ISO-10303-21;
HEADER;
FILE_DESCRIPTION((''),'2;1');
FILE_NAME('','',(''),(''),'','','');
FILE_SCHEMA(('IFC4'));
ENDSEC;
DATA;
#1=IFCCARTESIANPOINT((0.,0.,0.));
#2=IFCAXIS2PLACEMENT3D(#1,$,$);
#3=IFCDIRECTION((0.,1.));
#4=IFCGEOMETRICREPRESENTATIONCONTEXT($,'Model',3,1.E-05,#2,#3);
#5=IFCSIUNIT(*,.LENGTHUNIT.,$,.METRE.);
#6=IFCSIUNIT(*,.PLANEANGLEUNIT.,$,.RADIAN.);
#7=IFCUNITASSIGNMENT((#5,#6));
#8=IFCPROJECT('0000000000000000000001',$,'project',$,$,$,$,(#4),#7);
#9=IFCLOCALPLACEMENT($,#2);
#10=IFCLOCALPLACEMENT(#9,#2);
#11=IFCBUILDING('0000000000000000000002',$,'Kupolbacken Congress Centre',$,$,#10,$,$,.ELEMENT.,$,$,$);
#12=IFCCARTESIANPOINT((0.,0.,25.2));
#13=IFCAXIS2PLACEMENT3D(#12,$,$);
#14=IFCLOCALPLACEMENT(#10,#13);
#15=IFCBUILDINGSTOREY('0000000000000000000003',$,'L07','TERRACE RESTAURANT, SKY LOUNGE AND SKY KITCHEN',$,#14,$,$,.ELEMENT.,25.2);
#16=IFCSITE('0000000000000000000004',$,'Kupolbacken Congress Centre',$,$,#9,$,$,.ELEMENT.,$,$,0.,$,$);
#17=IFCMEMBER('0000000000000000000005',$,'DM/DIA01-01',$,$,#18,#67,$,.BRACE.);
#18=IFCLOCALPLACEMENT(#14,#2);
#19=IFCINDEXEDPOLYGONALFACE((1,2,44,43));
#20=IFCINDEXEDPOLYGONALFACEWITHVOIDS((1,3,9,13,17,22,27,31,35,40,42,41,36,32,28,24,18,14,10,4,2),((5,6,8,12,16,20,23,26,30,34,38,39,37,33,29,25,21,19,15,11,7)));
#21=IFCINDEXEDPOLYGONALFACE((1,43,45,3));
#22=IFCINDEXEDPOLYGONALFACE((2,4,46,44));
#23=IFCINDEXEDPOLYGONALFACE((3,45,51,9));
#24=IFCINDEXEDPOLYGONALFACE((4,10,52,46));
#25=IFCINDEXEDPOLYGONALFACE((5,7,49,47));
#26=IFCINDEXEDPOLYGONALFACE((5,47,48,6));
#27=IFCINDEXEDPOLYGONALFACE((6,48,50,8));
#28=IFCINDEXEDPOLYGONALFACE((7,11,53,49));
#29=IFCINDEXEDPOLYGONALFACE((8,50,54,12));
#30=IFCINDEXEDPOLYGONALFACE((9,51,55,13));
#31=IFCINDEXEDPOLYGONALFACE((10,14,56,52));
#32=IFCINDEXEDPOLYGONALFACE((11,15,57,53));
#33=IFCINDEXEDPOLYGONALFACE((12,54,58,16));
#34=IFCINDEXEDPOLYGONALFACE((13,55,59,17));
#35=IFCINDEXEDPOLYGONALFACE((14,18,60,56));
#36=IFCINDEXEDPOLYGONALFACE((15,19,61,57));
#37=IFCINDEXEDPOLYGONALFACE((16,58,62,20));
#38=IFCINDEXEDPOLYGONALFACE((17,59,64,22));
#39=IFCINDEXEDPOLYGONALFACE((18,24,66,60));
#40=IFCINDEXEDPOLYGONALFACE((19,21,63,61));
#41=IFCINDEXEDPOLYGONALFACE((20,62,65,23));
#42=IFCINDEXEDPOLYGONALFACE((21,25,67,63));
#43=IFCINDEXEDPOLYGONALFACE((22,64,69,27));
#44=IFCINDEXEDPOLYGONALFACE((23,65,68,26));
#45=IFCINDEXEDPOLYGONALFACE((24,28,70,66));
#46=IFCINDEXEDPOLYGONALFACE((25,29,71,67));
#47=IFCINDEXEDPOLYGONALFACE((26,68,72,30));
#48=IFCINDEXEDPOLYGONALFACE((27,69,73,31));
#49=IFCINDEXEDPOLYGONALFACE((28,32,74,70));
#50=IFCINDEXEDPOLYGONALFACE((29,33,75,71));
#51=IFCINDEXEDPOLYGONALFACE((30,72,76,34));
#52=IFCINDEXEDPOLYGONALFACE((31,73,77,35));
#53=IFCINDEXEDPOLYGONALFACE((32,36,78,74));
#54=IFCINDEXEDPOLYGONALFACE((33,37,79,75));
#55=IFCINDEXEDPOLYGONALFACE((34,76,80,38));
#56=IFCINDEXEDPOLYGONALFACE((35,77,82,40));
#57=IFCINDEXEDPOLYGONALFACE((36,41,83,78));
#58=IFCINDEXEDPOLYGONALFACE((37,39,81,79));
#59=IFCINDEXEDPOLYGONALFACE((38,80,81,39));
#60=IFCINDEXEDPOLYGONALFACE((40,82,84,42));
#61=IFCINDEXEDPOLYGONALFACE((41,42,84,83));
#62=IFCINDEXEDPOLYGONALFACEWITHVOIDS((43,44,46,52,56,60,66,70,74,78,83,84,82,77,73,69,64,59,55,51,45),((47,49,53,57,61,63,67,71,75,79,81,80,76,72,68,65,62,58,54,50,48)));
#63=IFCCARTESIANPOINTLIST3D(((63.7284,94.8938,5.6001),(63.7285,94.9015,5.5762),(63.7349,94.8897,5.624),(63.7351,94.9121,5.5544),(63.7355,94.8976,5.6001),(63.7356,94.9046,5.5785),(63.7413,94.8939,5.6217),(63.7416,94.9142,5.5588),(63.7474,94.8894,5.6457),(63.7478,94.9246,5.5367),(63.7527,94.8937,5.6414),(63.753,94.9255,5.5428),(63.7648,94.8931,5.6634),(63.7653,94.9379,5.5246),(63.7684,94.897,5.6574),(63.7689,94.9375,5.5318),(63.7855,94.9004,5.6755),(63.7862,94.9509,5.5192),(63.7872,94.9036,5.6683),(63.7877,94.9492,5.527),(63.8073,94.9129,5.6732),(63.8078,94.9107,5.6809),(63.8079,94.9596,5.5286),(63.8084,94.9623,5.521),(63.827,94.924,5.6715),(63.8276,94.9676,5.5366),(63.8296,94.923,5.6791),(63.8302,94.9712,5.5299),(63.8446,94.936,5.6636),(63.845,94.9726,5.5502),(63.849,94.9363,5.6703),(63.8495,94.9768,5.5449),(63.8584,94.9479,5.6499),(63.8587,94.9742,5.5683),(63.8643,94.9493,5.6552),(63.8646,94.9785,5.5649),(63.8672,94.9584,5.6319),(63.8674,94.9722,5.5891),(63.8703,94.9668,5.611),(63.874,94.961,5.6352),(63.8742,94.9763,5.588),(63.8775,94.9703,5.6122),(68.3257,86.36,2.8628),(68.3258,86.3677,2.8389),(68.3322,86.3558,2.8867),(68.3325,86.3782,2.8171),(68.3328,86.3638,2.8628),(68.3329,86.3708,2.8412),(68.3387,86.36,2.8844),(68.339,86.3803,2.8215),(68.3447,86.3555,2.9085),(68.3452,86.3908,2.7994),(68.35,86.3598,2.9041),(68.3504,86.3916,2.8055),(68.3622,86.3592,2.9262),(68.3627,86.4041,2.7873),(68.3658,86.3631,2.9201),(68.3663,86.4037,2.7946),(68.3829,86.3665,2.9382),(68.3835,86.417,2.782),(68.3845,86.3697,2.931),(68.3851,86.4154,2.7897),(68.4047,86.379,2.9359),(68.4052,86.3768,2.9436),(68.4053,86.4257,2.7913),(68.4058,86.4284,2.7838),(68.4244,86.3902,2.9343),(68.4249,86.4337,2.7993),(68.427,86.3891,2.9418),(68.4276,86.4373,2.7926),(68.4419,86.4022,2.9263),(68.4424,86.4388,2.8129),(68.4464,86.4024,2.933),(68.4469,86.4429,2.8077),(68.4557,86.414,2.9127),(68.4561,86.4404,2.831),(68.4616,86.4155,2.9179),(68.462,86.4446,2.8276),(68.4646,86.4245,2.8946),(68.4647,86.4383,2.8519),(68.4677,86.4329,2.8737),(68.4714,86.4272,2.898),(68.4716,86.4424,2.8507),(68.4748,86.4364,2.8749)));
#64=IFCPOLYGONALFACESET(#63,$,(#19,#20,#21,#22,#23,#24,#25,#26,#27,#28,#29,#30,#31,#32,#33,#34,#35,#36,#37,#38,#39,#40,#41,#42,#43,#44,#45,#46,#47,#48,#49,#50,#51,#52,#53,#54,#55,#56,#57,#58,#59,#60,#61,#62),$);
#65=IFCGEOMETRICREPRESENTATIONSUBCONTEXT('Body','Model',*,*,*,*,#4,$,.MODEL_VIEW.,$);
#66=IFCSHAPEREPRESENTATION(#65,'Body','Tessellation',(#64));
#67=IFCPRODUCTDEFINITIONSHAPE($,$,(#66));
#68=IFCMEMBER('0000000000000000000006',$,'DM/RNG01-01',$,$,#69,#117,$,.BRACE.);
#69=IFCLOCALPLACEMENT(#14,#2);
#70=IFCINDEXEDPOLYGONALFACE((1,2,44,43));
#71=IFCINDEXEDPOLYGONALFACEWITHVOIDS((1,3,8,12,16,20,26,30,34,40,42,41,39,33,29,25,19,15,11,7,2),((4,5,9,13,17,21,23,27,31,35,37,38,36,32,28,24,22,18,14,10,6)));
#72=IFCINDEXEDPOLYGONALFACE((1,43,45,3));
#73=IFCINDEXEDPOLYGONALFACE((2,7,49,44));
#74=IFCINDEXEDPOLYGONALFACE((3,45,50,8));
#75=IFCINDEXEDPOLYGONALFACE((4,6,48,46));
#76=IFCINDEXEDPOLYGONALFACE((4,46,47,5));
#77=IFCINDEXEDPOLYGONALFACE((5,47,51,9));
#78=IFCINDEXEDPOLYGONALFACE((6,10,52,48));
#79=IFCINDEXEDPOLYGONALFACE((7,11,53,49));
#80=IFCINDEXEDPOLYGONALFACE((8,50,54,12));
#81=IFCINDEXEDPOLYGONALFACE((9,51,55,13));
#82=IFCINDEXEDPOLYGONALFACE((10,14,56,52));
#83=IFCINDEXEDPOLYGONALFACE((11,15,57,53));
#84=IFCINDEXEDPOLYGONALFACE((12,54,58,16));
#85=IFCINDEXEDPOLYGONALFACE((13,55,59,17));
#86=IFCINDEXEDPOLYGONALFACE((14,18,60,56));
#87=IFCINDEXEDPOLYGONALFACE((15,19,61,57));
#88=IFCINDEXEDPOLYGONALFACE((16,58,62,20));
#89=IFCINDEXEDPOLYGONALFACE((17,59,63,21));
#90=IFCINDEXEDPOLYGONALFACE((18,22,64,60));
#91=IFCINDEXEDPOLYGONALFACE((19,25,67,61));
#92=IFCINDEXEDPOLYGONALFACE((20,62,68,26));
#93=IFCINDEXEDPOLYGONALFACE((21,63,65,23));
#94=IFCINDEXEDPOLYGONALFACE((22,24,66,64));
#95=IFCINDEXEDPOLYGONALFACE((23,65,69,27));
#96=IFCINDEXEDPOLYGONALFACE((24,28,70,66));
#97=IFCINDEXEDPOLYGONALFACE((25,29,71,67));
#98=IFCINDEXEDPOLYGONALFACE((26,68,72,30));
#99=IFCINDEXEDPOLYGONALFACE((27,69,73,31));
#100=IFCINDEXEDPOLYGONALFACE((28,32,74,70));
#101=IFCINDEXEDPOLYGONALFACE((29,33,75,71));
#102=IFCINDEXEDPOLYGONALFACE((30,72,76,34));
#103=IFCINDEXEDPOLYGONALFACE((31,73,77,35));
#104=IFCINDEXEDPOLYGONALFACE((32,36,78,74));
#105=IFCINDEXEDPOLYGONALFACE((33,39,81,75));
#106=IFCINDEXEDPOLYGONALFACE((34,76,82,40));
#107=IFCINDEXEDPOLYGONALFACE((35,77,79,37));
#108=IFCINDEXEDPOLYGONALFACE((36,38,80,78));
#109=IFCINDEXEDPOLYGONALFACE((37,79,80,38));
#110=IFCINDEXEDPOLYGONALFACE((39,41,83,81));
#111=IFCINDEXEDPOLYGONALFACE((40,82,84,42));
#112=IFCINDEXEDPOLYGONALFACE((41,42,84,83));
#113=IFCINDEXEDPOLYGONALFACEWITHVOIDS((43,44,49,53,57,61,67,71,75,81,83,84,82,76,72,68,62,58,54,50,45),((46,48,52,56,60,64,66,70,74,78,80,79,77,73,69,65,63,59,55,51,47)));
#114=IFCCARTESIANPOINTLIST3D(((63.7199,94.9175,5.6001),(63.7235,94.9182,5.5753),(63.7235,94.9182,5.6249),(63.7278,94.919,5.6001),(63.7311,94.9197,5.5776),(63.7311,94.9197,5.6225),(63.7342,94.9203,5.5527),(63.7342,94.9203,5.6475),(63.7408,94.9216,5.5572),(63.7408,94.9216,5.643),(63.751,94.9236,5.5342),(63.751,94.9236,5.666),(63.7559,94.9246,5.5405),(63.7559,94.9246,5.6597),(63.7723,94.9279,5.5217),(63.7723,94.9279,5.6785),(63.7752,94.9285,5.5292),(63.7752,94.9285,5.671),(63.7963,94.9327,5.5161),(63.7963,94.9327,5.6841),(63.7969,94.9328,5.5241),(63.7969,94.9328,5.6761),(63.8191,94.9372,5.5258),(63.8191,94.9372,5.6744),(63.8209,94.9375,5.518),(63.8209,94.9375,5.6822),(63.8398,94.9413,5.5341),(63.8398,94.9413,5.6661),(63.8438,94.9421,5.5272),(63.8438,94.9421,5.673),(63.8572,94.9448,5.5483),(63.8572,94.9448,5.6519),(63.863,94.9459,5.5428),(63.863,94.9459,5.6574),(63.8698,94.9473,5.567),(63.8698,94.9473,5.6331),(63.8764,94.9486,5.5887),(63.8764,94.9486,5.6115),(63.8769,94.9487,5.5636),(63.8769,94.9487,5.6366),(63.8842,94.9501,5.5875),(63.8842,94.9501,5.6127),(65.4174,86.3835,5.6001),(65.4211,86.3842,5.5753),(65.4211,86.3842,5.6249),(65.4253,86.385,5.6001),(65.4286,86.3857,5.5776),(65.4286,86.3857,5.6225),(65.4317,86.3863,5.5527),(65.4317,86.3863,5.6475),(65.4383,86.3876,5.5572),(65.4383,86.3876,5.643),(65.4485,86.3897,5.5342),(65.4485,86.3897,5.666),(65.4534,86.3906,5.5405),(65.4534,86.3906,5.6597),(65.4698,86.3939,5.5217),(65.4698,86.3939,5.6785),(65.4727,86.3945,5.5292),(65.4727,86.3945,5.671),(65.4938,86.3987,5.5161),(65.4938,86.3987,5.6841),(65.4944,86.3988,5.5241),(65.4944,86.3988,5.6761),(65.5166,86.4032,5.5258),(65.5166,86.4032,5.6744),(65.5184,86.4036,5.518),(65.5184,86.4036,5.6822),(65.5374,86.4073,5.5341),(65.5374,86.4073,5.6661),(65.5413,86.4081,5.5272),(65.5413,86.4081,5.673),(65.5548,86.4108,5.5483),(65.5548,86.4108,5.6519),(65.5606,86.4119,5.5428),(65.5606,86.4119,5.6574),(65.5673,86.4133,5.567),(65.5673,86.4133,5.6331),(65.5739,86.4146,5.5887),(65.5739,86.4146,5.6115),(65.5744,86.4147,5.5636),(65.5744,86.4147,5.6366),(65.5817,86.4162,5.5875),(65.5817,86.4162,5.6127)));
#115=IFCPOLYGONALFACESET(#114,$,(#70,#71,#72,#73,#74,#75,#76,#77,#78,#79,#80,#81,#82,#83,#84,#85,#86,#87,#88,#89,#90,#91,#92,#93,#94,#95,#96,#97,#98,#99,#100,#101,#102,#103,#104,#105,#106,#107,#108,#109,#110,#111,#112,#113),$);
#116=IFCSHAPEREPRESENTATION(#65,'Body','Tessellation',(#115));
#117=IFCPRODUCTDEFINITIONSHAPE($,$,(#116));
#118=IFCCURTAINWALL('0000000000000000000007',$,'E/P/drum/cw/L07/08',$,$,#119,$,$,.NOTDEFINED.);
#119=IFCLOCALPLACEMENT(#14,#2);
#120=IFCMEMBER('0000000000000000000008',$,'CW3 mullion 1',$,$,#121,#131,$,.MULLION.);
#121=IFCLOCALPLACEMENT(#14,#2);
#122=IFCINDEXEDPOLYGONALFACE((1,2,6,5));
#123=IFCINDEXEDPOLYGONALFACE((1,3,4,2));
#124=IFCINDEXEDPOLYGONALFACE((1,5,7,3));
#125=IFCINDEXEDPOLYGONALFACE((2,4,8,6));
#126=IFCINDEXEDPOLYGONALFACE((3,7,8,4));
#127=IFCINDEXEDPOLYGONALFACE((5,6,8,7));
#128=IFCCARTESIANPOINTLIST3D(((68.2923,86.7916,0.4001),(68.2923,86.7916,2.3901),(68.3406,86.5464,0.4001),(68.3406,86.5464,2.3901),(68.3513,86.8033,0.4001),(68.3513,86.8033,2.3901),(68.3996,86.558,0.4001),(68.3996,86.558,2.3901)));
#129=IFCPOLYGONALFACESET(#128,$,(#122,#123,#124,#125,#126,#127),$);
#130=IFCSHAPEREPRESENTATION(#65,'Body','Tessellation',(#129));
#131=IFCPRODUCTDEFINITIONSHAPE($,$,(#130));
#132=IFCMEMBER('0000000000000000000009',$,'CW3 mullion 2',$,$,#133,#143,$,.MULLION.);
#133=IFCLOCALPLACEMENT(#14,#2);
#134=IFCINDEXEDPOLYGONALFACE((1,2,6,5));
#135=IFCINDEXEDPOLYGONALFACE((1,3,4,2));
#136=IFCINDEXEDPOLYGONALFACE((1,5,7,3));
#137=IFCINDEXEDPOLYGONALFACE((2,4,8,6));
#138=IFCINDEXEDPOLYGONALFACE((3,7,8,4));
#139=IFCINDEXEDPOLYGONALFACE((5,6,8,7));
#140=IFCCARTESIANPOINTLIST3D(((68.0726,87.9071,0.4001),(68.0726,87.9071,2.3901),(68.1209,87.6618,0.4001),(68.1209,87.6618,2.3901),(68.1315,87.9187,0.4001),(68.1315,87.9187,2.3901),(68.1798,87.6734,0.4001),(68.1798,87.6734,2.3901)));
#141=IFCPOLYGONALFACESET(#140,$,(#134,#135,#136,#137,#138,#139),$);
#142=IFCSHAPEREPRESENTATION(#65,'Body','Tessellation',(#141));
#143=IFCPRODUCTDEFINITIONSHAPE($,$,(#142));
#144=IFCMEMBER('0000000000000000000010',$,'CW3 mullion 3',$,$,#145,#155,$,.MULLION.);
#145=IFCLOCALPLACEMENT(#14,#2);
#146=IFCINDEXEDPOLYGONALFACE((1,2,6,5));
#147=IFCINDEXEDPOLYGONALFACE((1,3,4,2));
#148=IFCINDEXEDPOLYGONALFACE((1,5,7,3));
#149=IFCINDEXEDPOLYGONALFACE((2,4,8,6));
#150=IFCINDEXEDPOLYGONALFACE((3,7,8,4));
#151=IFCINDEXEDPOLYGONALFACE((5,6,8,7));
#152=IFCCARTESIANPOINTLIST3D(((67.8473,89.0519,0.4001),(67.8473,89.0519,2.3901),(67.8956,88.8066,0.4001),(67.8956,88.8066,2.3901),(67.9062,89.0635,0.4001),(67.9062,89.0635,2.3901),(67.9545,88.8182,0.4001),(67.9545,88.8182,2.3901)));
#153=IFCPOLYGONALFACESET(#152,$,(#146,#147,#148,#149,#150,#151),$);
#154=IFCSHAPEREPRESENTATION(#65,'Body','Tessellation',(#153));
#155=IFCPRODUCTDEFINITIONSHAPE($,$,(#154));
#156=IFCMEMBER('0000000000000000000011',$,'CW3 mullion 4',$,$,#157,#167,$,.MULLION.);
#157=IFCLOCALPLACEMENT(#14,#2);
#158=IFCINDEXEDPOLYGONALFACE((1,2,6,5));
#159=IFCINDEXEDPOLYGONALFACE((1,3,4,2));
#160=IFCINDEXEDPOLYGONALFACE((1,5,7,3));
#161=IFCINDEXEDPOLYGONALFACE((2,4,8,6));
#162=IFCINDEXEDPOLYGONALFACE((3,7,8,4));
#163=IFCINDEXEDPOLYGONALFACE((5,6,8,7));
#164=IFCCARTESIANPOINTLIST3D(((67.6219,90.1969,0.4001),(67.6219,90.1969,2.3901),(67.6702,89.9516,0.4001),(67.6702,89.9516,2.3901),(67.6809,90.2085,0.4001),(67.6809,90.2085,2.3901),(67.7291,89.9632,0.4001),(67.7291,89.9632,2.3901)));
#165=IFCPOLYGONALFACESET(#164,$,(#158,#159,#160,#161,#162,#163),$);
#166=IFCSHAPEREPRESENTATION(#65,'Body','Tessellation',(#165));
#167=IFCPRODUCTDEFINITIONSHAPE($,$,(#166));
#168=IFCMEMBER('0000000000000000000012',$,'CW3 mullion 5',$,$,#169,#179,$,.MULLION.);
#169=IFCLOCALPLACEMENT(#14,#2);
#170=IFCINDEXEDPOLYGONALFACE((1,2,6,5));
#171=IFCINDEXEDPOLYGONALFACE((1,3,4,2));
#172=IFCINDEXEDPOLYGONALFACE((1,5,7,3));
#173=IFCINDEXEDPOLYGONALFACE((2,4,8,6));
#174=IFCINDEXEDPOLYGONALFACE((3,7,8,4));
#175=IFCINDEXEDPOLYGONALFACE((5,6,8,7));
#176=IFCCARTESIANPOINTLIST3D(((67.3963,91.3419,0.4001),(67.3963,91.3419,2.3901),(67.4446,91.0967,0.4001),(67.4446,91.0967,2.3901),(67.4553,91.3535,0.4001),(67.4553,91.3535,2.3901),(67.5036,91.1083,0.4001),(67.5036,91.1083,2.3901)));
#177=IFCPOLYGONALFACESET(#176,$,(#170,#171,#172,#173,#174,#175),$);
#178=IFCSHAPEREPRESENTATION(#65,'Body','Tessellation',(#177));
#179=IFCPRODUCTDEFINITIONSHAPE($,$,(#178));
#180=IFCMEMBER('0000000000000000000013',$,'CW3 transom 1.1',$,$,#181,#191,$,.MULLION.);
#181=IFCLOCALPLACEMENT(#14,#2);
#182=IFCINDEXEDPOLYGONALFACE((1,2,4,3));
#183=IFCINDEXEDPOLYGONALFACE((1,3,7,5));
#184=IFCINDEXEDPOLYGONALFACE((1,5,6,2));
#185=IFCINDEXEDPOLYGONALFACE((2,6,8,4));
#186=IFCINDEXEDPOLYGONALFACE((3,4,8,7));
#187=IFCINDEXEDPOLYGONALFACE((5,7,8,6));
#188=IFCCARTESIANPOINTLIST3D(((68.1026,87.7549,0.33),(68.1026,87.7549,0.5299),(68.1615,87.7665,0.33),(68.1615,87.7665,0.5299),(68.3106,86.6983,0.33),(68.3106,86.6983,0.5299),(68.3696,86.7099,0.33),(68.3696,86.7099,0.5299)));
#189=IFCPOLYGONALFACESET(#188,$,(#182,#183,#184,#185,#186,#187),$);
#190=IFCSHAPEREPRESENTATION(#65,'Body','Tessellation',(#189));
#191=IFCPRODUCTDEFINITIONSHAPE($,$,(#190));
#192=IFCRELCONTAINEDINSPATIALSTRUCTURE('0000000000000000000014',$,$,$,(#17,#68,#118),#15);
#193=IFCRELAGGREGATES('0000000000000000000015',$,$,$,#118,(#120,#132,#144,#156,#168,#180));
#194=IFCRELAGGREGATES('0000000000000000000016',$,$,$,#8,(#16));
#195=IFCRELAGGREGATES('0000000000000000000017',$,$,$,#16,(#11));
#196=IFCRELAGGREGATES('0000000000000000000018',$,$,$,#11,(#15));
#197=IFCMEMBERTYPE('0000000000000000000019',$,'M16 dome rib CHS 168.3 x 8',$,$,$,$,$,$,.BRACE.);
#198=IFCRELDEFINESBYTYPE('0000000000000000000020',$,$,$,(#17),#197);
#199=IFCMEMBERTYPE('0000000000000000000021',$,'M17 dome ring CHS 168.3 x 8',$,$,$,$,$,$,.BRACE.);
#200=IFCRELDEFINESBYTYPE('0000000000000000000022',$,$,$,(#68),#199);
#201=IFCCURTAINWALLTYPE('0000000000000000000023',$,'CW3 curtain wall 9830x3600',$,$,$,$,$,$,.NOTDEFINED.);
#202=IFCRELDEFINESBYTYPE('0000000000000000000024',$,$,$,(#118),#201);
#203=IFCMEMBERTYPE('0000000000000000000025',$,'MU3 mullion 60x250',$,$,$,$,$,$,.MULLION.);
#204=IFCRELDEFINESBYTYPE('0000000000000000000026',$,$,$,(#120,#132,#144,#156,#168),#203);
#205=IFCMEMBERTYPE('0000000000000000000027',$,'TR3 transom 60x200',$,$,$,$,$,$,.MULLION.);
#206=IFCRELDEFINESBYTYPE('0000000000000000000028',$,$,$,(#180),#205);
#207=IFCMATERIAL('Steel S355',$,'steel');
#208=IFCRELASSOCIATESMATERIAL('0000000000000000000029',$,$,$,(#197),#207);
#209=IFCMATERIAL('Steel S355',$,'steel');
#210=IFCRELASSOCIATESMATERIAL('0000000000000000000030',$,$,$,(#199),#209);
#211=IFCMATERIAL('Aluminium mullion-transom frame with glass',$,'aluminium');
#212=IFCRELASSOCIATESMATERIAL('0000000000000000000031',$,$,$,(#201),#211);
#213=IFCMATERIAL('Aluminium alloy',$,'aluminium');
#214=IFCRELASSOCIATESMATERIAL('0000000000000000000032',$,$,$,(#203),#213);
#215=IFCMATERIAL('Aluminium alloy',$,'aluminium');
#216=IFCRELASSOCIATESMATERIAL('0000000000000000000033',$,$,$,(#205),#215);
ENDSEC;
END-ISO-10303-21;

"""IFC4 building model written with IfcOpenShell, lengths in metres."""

from ifc_helpers import new_model, si_unit, direction, frame, origin, origin_2d, place, context, subcontext, project, spatial, rectangle, hollow_circle, extrude, material, material_profile, profile_set, type_object, element, aggregate, save


model = new_model("IFC4")

# Units and contexts
model_context = context("Model", 3, precision=1e-05, world=origin(), true_north=direction((0.0, 1.0)))
body_context = subcontext(model_context, "Body", "Model", "MODEL_VIEW")
ifc_project = project(units=[si_unit("LENGTHUNIT", "METRE"), si_unit("PLANEANGLEUNIT", "RADIAN")], contexts=[model_context])

# Site, building, storey
site_placement = place(None, origin())
site = spatial("IfcSite", under=ifc_project, at=site_placement, Name="Kupolbacken Congress Centre", CompositionType="ELEMENT", RefElevation=0.0)
building_placement = place(site_placement, origin())
building = spatial("IfcBuilding", under=site, at=building_placement, Name="Kupolbacken Congress Centre", CompositionType="ELEMENT")
storey_placement = place(building_placement, frame((0.0, 0.0, 25.2)))
storey = spatial("IfcBuildingStorey", under=building, at=storey_placement, Name="L07", Description="TERRACE RESTAURANT, SKY LOUNGE AND SKY KITCHEN", CompositionType="ELEMENT", Elevation=25.2)

# Members
ifc_material_1 = material(Name="Steel S355", Category="steel")
ifc_material_profile_1 = material_profile(ifc_material_1, hollow_circle(Radius=0.0842, WallThickness=0.0081, at=origin_2d()), Name="CHS 168.3 x 8")
ifc_profile_set_1 = profile_set([ifc_material_profile_1], Name="Steel S355")
member_type_1 = type_object("IfcMemberType", Name="M16 dome rib CHS 168.3 x 8", PredefinedType="BRACE", material=ifc_profile_set_1)
member_1_placement = place(storey_placement, frame((68.3999, 86.3999, 2.8628), z_axis=(-0.456428, 0.847243, 0.271758), x_axis=(-0.880376, -0.474277, 0.0)))
element("IfcMember", 1, at=member_1_placement, inside=storey, type_object=member_type_1, Name="DM/DIA01-01", PredefinedType="BRACE", context=body_context, shape_type="SweptSolid", body=[
    extrude(hollow_circle(Radius=0.0842, WallThickness=0.0081, at=origin_2d()), origin(), (0.0, 0.0, 1.0), 10.0725),
])
ifc_material_2 = material(Name="Steel S355", Category="steel")
ifc_material_profile_2 = material_profile(ifc_material_2, hollow_circle(Radius=0.0842, WallThickness=0.0081, at=origin_2d()), Name="CHS 168.3 x 8")
ifc_profile_set_2 = profile_set([ifc_material_profile_2], Name="Steel S355")
member_type_2 = type_object("IfcMemberType", Name="M17 dome ring CHS 168.3 x 8", PredefinedType="BRACE", material=ifc_profile_set_2)
member_2_placement = place(storey_placement, frame((65.5, 86.3999, 5.6001), z_axis=(-0.195091, 0.980785, 0.0), x_axis=(-0.980785, -0.195091, 0.0)))
element("IfcMember", 2, at=member_2_placement, inside=storey, type_object=member_type_2, Name="DM/RNG01-01", PredefinedType="BRACE", context=body_context, shape_type="SweptSolid", body=[
    extrude(hollow_circle(Radius=0.0842, WallThickness=0.0081, at=origin_2d()), origin(), (0.0, 0.0, 1.0), 8.7012),
])

# Curtain wall, members
ifc_material_3 = material(Name="Aluminium mullion-transom frame with glass", Category="aluminium")
curtain_wall_type = type_object("IfcCurtainWallType", Name="CW3 curtain wall 9830x3600", PredefinedType="NOTDEFINED", material=ifc_material_3)
curtain_wall_placement = place(storey_placement, origin())
curtain_wall = element("IfcCurtainWall", 3, at=curtain_wall_placement, inside=storey, type_object=curtain_wall_type, Name="E/P/drum/cw/L07/08", PredefinedType="NOTDEFINED")
ifc_material_4 = material(Name="Aluminium alloy", Category="aluminium")
ifc_material_profile_3 = material_profile(ifc_material_4, rectangle(XDim=0.0601, YDim=0.25, at=origin_2d()), Name="60 x 250")
ifc_profile_set_3 = profile_set([ifc_material_profile_3], Name="Aluminium alloy")
member_type_3 = type_object("IfcMemberType", Name="MU3 mullion 60x250", PredefinedType="MULLION", material=ifc_profile_set_3)
member_3_placement = place(storey_placement, frame((68.3459, 86.6748, 0.4001), z_axis=(0.0, 0.0, 1.0), x_axis=(-0.981163, -0.193182, 0.0)))
member_3 = element("IfcMember", 4, at=member_3_placement, type_object=member_type_3, Name="CW3 mullion 1", PredefinedType="MULLION", context=body_context, shape_type="SweptSolid", body=[
    extrude(rectangle(XDim=0.0601, YDim=0.25, at=origin_2d()), origin(), (0.0, 0.0, 1.0), 1.99),
])
member_4_placement = place(storey_placement, frame((68.1262, 87.7903, 0.4001), z_axis=(0.0, 0.0, 1.0), x_axis=(-0.981163, -0.193182, 0.0)))
member_4 = element("IfcMember", 5, at=member_4_placement, type_object=member_type_3, Name="CW3 mullion 2", PredefinedType="MULLION", context=body_context, shape_type="SweptSolid", body=[
    extrude(rectangle(XDim=0.0601, YDim=0.25, at=origin_2d()), origin(), (0.0, 0.0, 1.0), 1.99),
])
member_5_placement = place(storey_placement, frame((67.9009, 88.9351, 0.4001), z_axis=(0.0, 0.0, 1.0), x_axis=(-0.981163, -0.193182, 0.0)))
member_5 = element("IfcMember", 6, at=member_5_placement, type_object=member_type_3, Name="CW3 mullion 3", PredefinedType="MULLION", context=body_context, shape_type="SweptSolid", body=[
    extrude(rectangle(XDim=0.0601, YDim=0.25, at=origin_2d()), origin(), (0.0, 0.0, 1.0), 1.99),
])
member_6_placement = place(storey_placement, frame((67.6755, 90.0801, 0.4001), z_axis=(0.0, 0.0, 1.0), x_axis=(-0.981163, -0.193182, 0.0)))
member_6 = element("IfcMember", 7, at=member_6_placement, type_object=member_type_3, Name="CW3 mullion 4", PredefinedType="MULLION", context=body_context, shape_type="SweptSolid", body=[
    extrude(rectangle(XDim=0.0601, YDim=0.25, at=origin_2d()), origin(), (0.0, 0.0, 1.0), 1.99),
])
member_7_placement = place(storey_placement, frame((67.45, 91.2251, 0.4001), z_axis=(0.0, 0.0, 1.0), x_axis=(-0.981163, -0.193182, 0.0)))
member_7 = element("IfcMember", 8, at=member_7_placement, type_object=member_type_3, Name="CW3 mullion 5", PredefinedType="MULLION", context=body_context, shape_type="SweptSolid", body=[
    extrude(rectangle(XDim=0.0601, YDim=0.25, at=origin_2d()), origin(), (0.0, 0.0, 1.0), 1.99),
])
ifc_material_5 = material(Name="Aluminium alloy", Category="aluminium")
ifc_material_profile_4 = material_profile(ifc_material_5, rectangle(XDim=0.0601, YDim=0.2, at=origin_2d()), Name="60 x 200")
ifc_profile_set_4 = profile_set([ifc_material_profile_4], Name="Aluminium alloy")
member_type_4 = type_object("IfcMemberType", Name="TR3 transom 60x200", PredefinedType="MULLION", material=ifc_profile_set_4)
member_8_placement = place(storey_placement, frame((68.3401, 86.7041, 0.4299), z_axis=(-0.193151, 0.981169, 0.0), x_axis=(-0.981169, -0.193151, 0.0)))
member_8 = element("IfcMember", 9, at=member_8_placement, type_object=member_type_4, Name="CW3 transom 1.1", PredefinedType="MULLION", context=body_context, shape_type="SweptSolid", body=[
    extrude(rectangle(XDim=0.0601, YDim=0.2, at=origin_2d()), origin(), (0.0, 0.0, 1.0), 1.0769),
])
aggregate(curtain_wall, [member_3, member_4, member_5, member_6, member_7, member_8])

save(model, "model.ifc")
